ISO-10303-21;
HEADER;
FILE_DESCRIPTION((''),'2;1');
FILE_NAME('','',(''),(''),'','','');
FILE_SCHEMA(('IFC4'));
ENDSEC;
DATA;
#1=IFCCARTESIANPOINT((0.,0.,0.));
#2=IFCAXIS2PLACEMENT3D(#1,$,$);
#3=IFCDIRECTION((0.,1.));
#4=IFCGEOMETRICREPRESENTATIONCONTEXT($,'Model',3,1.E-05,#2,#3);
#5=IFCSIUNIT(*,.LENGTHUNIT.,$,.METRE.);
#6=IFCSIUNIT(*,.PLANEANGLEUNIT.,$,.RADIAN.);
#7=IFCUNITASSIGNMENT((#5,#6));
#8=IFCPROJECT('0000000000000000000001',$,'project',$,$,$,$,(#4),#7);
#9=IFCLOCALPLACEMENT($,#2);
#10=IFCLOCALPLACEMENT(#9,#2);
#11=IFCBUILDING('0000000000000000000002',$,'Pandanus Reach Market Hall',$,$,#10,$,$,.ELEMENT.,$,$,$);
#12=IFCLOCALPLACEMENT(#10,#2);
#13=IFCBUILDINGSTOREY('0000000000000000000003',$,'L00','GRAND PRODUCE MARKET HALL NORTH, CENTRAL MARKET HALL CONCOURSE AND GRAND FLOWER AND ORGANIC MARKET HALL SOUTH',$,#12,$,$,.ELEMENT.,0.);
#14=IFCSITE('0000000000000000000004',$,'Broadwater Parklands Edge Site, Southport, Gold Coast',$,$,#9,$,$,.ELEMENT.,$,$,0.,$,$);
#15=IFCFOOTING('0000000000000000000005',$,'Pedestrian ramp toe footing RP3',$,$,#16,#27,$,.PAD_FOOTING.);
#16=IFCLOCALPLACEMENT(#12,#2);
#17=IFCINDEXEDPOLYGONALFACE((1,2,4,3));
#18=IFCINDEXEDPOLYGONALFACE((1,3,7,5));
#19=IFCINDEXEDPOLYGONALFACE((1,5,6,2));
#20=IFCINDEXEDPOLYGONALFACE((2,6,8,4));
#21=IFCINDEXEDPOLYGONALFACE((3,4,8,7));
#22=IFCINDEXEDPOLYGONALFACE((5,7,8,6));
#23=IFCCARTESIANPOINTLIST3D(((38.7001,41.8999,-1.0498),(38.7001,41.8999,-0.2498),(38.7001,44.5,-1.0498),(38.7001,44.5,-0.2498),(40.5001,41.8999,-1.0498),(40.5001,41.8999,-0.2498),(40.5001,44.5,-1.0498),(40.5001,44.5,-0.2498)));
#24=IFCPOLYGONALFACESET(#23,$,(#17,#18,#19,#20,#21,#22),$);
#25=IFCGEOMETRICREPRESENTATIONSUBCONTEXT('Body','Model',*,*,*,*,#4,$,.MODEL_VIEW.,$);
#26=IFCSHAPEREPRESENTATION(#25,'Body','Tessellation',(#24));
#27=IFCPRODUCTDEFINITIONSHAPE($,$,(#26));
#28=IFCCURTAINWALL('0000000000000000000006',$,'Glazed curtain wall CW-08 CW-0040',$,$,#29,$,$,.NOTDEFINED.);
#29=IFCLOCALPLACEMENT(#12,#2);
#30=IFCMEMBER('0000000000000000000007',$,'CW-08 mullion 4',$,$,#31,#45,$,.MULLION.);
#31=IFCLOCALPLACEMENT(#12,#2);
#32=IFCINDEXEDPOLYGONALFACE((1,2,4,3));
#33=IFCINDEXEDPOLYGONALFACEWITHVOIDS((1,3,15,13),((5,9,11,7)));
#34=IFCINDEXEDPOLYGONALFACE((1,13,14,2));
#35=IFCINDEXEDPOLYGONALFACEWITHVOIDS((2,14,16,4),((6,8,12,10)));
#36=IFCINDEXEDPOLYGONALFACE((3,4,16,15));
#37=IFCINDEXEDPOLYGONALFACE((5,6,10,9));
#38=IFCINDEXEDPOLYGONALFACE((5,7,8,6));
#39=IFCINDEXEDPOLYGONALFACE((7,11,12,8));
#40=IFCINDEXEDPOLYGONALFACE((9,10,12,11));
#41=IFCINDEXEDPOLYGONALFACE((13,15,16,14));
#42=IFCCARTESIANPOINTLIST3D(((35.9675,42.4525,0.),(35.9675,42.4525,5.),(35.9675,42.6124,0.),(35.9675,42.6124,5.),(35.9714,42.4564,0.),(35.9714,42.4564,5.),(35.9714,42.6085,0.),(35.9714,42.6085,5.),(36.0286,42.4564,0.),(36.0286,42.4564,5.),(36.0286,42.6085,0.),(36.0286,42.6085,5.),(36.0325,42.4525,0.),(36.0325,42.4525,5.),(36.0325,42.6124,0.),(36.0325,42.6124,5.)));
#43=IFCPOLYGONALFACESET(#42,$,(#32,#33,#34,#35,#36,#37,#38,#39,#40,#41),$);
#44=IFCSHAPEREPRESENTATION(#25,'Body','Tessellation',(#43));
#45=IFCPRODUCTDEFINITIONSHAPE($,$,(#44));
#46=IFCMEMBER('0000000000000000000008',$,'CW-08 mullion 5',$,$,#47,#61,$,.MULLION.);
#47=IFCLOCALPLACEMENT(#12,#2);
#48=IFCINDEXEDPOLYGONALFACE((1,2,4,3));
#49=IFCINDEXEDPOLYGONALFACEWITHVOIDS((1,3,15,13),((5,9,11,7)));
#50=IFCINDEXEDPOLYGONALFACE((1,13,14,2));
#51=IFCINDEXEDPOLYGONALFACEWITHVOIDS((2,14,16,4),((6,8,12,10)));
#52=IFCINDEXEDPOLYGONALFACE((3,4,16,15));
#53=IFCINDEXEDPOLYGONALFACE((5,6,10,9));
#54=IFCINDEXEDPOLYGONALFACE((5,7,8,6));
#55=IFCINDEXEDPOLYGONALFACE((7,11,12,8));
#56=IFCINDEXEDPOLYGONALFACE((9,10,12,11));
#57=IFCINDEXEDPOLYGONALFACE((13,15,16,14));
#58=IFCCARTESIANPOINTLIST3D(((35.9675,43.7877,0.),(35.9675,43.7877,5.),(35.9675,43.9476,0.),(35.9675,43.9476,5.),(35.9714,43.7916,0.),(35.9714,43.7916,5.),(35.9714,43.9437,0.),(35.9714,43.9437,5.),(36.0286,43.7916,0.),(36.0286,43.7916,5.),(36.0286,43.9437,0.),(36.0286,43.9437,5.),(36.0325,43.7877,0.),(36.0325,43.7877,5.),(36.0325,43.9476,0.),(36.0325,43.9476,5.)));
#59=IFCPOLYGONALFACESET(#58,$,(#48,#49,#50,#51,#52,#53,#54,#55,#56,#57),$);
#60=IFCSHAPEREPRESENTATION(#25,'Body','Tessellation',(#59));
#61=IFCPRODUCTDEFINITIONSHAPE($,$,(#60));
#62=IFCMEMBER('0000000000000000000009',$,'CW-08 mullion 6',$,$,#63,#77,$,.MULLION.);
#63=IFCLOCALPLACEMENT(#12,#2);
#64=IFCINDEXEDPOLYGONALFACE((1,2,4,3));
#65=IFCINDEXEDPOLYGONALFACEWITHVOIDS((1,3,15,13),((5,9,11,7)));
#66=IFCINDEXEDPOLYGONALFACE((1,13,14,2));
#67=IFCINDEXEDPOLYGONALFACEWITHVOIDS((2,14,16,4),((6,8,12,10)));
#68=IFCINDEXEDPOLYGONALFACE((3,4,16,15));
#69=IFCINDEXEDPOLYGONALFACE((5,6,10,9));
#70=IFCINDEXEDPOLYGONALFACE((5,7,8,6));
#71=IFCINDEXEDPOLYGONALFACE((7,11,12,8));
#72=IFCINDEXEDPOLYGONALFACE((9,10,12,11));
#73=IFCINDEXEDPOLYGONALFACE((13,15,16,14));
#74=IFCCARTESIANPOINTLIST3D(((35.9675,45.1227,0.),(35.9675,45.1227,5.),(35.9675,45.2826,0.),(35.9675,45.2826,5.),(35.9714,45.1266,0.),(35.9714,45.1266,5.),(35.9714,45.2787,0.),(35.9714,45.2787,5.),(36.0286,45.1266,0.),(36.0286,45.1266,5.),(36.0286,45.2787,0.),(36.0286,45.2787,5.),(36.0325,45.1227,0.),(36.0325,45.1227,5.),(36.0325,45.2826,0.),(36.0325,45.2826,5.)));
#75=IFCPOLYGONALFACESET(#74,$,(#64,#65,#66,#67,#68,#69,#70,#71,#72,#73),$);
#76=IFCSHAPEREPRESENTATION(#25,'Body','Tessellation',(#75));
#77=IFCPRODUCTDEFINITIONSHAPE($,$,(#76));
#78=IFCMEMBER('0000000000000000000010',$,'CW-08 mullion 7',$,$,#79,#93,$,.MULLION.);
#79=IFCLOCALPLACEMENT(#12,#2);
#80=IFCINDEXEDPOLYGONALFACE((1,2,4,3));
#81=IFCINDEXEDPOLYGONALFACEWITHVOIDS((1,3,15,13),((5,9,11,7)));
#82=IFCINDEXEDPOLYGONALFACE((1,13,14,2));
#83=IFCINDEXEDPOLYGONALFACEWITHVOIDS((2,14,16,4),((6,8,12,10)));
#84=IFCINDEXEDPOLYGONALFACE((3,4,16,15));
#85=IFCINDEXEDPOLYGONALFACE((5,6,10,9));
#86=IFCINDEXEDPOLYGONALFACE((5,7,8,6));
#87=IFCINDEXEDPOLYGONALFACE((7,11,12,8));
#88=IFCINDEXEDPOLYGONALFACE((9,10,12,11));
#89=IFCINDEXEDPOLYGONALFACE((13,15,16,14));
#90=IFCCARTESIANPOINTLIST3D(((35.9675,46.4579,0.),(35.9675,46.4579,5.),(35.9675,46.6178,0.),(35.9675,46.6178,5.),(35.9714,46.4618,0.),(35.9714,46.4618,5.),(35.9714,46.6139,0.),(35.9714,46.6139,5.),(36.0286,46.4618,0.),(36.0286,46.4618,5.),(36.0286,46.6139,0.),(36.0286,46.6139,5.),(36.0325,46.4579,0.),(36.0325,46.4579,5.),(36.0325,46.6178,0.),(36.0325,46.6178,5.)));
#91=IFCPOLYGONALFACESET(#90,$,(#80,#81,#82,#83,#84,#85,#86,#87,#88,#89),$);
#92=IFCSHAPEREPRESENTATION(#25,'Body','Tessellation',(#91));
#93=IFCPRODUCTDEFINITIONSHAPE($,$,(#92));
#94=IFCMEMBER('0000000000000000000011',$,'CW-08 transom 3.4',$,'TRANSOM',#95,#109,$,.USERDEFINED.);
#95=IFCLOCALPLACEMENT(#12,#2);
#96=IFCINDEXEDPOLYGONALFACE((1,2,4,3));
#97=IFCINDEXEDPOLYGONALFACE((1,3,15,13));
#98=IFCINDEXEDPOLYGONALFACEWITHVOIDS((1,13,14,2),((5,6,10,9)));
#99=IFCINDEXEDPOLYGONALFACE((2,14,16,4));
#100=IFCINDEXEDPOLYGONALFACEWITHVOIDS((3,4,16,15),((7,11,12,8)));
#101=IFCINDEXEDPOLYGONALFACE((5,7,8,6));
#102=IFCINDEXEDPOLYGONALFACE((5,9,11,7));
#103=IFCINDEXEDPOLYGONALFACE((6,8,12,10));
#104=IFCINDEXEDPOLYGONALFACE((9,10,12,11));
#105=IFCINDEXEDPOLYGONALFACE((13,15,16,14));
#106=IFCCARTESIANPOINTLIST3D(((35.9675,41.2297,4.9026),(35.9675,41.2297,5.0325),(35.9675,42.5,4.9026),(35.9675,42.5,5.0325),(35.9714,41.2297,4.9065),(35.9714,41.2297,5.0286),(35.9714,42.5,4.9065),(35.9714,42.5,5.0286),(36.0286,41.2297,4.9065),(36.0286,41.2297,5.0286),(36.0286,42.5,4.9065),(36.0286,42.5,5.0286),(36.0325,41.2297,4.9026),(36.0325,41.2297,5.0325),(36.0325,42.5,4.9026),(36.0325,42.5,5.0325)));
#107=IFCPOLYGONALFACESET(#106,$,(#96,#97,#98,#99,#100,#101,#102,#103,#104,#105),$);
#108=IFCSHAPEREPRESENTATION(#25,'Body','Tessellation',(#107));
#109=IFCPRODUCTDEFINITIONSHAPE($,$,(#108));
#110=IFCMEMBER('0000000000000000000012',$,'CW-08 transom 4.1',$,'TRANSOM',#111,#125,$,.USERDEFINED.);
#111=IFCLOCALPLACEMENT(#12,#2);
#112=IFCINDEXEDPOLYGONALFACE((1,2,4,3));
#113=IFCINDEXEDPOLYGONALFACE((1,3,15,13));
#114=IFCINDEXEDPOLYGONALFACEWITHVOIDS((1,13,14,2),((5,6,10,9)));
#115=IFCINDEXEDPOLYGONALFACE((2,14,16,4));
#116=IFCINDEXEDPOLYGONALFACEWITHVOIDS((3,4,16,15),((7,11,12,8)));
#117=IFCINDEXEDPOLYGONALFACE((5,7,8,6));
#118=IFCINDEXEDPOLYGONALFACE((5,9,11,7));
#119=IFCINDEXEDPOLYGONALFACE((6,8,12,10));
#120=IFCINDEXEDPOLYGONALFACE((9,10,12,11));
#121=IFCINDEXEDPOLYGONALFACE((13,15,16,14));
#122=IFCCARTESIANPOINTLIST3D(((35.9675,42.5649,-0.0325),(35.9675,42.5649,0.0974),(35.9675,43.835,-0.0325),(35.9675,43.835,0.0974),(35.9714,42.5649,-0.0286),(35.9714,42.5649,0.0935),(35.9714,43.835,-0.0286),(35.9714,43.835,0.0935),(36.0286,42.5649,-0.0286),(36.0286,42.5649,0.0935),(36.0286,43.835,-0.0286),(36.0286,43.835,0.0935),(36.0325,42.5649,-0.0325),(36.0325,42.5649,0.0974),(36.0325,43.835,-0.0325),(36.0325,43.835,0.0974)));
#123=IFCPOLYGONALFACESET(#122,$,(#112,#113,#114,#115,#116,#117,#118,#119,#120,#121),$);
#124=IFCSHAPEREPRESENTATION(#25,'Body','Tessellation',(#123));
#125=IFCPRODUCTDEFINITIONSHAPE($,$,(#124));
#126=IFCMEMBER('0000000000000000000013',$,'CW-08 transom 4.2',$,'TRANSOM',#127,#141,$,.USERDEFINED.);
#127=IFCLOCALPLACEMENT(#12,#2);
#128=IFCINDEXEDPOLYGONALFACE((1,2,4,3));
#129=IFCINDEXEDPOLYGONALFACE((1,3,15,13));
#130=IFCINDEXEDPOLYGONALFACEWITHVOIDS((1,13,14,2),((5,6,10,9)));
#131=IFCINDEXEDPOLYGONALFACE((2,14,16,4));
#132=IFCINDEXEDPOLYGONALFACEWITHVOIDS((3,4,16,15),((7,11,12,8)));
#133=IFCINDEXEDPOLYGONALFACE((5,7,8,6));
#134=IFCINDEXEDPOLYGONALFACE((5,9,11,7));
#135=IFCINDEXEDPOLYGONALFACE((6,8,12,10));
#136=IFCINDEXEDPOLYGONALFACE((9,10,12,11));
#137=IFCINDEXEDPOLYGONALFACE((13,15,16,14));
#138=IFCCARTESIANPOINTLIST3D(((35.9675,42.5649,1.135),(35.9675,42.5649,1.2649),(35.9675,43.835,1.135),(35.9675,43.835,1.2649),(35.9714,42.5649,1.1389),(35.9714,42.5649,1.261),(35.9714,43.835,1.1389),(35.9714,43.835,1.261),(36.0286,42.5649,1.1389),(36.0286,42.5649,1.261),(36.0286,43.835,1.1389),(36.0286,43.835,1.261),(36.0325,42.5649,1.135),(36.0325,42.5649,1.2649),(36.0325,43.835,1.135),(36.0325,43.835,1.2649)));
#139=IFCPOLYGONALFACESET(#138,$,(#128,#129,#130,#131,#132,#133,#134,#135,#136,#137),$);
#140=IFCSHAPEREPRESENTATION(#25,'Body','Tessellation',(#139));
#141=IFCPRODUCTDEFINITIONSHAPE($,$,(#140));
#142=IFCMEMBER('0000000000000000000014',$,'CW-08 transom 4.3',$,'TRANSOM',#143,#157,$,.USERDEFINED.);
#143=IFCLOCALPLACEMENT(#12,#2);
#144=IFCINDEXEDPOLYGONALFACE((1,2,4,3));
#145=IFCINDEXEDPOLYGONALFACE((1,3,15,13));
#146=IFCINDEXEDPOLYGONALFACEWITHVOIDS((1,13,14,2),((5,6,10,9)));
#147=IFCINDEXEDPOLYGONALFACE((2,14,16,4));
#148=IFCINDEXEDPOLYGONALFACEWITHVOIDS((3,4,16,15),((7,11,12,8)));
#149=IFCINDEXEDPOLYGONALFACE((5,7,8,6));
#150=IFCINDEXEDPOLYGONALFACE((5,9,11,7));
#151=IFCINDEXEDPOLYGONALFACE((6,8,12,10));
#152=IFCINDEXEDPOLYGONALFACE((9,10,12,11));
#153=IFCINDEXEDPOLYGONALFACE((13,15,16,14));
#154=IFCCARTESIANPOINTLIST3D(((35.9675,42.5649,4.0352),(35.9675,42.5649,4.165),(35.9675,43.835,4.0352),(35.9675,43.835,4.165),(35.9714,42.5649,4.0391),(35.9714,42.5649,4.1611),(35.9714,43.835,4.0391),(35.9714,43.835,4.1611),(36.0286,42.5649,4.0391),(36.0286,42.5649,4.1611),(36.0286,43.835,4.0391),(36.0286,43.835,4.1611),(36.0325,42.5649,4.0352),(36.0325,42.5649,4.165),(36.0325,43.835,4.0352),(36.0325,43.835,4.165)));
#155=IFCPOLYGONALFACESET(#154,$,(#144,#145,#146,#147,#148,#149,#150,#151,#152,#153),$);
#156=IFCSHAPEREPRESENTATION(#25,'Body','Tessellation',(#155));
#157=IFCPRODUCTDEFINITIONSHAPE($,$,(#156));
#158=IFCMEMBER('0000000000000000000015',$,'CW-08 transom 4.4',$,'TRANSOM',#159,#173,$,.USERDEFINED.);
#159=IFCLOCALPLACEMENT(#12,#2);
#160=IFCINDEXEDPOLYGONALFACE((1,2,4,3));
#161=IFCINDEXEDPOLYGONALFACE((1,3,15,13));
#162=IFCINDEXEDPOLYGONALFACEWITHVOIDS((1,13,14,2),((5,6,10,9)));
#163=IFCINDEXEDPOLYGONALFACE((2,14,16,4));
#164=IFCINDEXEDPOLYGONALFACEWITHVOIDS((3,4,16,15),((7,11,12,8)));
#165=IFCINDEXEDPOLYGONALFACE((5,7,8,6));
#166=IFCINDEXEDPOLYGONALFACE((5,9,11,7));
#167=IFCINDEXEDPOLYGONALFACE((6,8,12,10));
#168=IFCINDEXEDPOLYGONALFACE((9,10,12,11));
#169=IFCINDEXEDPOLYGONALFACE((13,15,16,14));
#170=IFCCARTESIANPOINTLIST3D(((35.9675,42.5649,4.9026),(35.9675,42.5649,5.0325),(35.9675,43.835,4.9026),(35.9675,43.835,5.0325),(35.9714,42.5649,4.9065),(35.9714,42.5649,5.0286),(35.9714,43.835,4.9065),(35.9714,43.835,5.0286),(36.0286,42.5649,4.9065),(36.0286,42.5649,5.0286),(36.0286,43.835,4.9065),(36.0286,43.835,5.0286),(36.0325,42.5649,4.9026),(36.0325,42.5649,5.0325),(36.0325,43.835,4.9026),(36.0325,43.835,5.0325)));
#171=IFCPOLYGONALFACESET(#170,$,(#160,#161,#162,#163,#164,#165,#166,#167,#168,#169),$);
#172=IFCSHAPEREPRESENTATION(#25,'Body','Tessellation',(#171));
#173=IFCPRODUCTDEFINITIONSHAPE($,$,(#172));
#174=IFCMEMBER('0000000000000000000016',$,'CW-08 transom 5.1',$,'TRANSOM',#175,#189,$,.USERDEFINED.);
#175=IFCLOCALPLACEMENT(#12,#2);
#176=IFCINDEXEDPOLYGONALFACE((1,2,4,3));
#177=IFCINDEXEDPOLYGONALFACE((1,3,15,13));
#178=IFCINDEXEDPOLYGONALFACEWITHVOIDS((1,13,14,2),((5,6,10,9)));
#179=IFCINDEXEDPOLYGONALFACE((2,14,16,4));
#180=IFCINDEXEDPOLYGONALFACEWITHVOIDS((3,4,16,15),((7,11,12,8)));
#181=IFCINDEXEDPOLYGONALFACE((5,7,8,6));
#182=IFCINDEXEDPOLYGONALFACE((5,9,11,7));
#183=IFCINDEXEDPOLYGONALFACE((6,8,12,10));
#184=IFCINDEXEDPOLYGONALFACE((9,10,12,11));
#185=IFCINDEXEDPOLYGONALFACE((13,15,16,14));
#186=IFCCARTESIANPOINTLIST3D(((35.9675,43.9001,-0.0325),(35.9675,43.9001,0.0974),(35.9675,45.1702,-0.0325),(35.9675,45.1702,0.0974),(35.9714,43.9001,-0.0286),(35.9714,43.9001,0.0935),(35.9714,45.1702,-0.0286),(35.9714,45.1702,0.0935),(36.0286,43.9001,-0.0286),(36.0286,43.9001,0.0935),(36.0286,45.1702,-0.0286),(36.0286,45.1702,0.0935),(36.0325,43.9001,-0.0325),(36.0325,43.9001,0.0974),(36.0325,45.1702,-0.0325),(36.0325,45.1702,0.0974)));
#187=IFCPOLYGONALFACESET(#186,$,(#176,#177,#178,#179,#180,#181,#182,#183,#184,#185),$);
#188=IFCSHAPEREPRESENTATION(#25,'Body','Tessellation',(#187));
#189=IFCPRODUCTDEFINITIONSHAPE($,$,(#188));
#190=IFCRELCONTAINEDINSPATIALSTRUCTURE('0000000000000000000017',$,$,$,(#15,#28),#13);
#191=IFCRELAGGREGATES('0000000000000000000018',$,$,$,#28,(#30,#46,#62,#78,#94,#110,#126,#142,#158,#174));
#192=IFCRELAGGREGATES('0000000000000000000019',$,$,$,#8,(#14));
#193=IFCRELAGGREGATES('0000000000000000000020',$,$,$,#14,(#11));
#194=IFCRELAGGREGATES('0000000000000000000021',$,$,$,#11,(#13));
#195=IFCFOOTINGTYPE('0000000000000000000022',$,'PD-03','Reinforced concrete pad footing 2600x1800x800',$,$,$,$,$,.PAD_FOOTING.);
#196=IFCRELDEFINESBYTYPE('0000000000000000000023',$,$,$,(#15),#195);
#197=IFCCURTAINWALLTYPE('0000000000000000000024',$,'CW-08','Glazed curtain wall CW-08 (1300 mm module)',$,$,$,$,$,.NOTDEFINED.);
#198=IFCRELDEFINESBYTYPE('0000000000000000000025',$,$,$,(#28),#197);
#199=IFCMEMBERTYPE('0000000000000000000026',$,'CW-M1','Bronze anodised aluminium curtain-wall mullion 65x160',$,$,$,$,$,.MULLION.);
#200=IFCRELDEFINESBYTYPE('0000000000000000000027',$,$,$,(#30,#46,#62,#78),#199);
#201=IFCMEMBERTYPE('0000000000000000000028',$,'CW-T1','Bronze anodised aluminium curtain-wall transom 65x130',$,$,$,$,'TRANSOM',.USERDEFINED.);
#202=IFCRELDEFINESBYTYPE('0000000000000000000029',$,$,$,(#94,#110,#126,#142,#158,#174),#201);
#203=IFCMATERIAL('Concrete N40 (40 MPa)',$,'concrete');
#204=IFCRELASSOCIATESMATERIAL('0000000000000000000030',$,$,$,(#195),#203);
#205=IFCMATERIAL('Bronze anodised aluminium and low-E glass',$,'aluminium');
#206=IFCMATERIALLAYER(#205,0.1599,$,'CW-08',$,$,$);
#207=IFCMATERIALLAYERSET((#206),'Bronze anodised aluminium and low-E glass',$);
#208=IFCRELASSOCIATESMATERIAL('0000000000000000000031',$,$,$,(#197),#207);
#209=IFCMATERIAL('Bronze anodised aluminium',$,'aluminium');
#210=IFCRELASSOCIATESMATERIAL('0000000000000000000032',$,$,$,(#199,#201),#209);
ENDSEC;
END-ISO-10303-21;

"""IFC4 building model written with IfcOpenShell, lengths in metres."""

from ifc_helpers import new_model, si_unit, direction, frame, origin, origin_2d, place, context, subcontext, project, spatial, rectangle, hollow_rectangle, extrude, material, layer, layer_set, material_profile, profile_set, type_object, element, aggregate, save


model = new_model("IFC4")

# Units and contexts
model_context = context("Model", 3, precision=1e-05, world=origin(), true_north=direction((0.0, 1.0)))
body_context = subcontext(model_context, "Body", "Model", "MODEL_VIEW")
ifc_project = project(units=[si_unit("LENGTHUNIT", "METRE"), si_unit("PLANEANGLEUNIT", "RADIAN")], contexts=[model_context])

# Site, building, storey
site_placement = place(None, origin())
site = spatial("IfcSite", under=ifc_project, at=site_placement, Name="Broadwater Parklands Edge Site, Southport, Gold Coast", CompositionType="ELEMENT", RefElevation=0.0)
building_placement = place(site_placement, origin())
building = spatial("IfcBuilding", under=site, at=building_placement, Name="Pandanus Reach Market Hall", CompositionType="ELEMENT")
storey_placement = place(building_placement, origin())
storey = spatial("IfcBuildingStorey", under=building, at=storey_placement, Name="L00", Description="GRAND PRODUCE MARKET HALL NORTH, CENTRAL MARKET HALL CONCOURSE AND GRAND FLOWER AND ORGANIC MARKET HALL SOUTH", CompositionType="ELEMENT", Elevation=0.0)

# Footing
ifc_material_1 = material(Name="Concrete N40 (40 MPa)", Category="concrete")
footing_type = type_object("IfcFootingType", Name="PD-03", Description="Reinforced concrete pad footing 2600x1800x800", PredefinedType="PAD_FOOTING", material=ifc_material_1)
footing_placement = place(storey_placement, frame((39.6001, 43.2, -1.0498), z_axis=(0.0, 0.0, 1.0), x_axis=(0.0, 1.0, 0.0)))
element("IfcFooting", 1, at=footing_placement, inside=storey, type_object=footing_type, Name="Pedestrian ramp toe footing RP3", PredefinedType="PAD_FOOTING", context=body_context, shape_type="SweptSolid", body=[
    extrude(rectangle(XDim=2.6001, YDim=1.8, at=origin_2d()), origin(), (0.0, 0.0, 1.0), 0.8),
])

# Curtain wall, members
ifc_material_2 = material(Name="Bronze anodised aluminium and low-E glass", Category="aluminium")
ifc_layer_1 = layer(ifc_material_2, 0.1599, Name="CW-08")
ifc_layer_set_1 = layer_set([ifc_layer_1], Name="Bronze anodised aluminium and low-E glass")
curtain_wall_type = type_object("IfcCurtainWallType", Name="CW-08", Description="Glazed curtain wall CW-08 (1300 mm module)", PredefinedType="NOTDEFINED", material=ifc_layer_set_1)
curtain_wall_placement = place(storey_placement, origin())
curtain_wall = element("IfcCurtainWall", 2, at=curtain_wall_placement, inside=storey, type_object=curtain_wall_type, Name="Glazed curtain wall CW-08 CW-0040", PredefinedType="NOTDEFINED")
ifc_material_3 = material(Name="Bronze anodised aluminium", Category="aluminium")
ifc_material_profile_1 = material_profile(ifc_material_3, hollow_rectangle(XDim=0.0649, YDim=0.1599, WallThickness=0.0039, at=origin_2d()), Name="ALU65x160", Category="LoadBearing")
ifc_profile_set_1 = profile_set([ifc_material_profile_1], Name="Bronze anodised aluminium")
member_type_1 = type_object("IfcMemberType", Name="CW-M1", Description="Bronze anodised aluminium curtain-wall mullion 65x160", PredefinedType="MULLION", material=ifc_profile_set_1)
member_1_placement = place(storey_placement, frame((36.0, 42.5325, 0.0), z_axis=(0.0, 0.0, 1.0), x_axis=(-1.0, 0.0, 0.0)))
member_1 = element("IfcMember", 3, at=member_1_placement, type_object=member_type_1, Name="CW-08 mullion 4", PredefinedType="MULLION", context=body_context, shape_type="SweptSolid", body=[
    extrude(hollow_rectangle(XDim=0.0649, YDim=0.1599, WallThickness=0.0039, at=origin_2d()), origin(), (0.0, 0.0, 1.0), 5.0),
])
member_2_placement = place(storey_placement, frame((36.0, 43.8677, 0.0), z_axis=(0.0, 0.0, 1.0), x_axis=(-1.0, 0.0, 0.0)))
member_2 = element("IfcMember", 4, at=member_2_placement, type_object=member_type_1, Name="CW-08 mullion 5", PredefinedType="MULLION", context=body_context, shape_type="SweptSolid", body=[
    extrude(hollow_rectangle(XDim=0.0649, YDim=0.1599, WallThickness=0.0039, at=origin_2d()), origin(), (0.0, 0.0, 1.0), 5.0),
])
member_3_placement = place(storey_placement, frame((36.0, 45.2026, 0.0), z_axis=(0.0, 0.0, 1.0), x_axis=(-1.0, 0.0, 0.0)))
member_3 = element("IfcMember", 5, at=member_3_placement, type_object=member_type_1, Name="CW-08 mullion 6", PredefinedType="MULLION", context=body_context, shape_type="SweptSolid", body=[
    extrude(hollow_rectangle(XDim=0.0649, YDim=0.1599, WallThickness=0.0039, at=origin_2d()), origin(), (0.0, 0.0, 1.0), 5.0),
])
member_4_placement = place(storey_placement, frame((36.0, 46.5378, 0.0), z_axis=(0.0, 0.0, 1.0), x_axis=(-1.0, 0.0, 0.0)))
member_4 = element("IfcMember", 6, at=member_4_placement, type_object=member_type_1, Name="CW-08 mullion 7", PredefinedType="MULLION", context=body_context, shape_type="SweptSolid", body=[
    extrude(hollow_rectangle(XDim=0.0649, YDim=0.1599, WallThickness=0.0039, at=origin_2d()), origin(), (0.0, 0.0, 1.0), 5.0),
])
ifc_material_profile_2 = material_profile(ifc_material_3, hollow_rectangle(XDim=0.0649, YDim=0.1299, WallThickness=0.0039, at=origin_2d()), Name="ALU65x130", Category="LoadBearing")
ifc_profile_set_2 = profile_set([ifc_material_profile_2], Name="Bronze anodised aluminium")
member_type_2 = type_object("IfcMemberType", Name="CW-T1", Description="Bronze anodised aluminium curtain-wall transom 65x130", ElementType="TRANSOM", PredefinedType="USERDEFINED", material=ifc_profile_set_2)
member_5_placement = place(storey_placement, frame((36.0, 41.2297, 4.9675), z_axis=(0.0, 1.0, 0.0), x_axis=(-1.0, 0.0, 0.0)))
member_5 = element("IfcMember", 7, at=member_5_placement, type_object=member_type_2, Name="CW-08 transom 3.4", ObjectType="TRANSOM", PredefinedType="USERDEFINED", context=body_context, shape_type="SweptSolid", body=[
    extrude(hollow_rectangle(XDim=0.0649, YDim=0.1299, WallThickness=0.0039, at=origin_2d()), origin(), (0.0, 0.0, 1.0), 1.2703),
])
member_6_placement = place(storey_placement, frame((36.0, 42.5649, 0.0325), z_axis=(0.0, 1.0, 0.0), x_axis=(-1.0, 0.0, 0.0)))
member_6 = element("IfcMember", 8, at=member_6_placement, type_object=member_type_2, Name="CW-08 transom 4.1", ObjectType="TRANSOM", PredefinedType="USERDEFINED", context=body_context, shape_type="SweptSolid", body=[
    extrude(hollow_rectangle(XDim=0.0649, YDim=0.1299, WallThickness=0.0039, at=origin_2d()), origin(), (0.0, 0.0, 1.0), 1.27),
])
member_7_placement = place(storey_placement, frame((36.0, 42.5649, 1.2), z_axis=(0.0, 1.0, 0.0), x_axis=(-1.0, 0.0, 0.0)))
member_7 = element("IfcMember", 9, at=member_7_placement, type_object=member_type_2, Name="CW-08 transom 4.2", ObjectType="TRANSOM", PredefinedType="USERDEFINED", context=body_context, shape_type="SweptSolid", body=[
    extrude(hollow_rectangle(XDim=0.0649, YDim=0.1299, WallThickness=0.0039, at=origin_2d()), origin(), (0.0, 0.0, 1.0), 1.27),
])
member_8_placement = place(storey_placement, frame((36.0, 42.5649, 4.1001), z_axis=(0.0, 1.0, 0.0), x_axis=(-1.0, 0.0, 0.0)))
member_8 = element("IfcMember", 10, at=member_8_placement, type_object=member_type_2, Name="CW-08 transom 4.3", ObjectType="TRANSOM", PredefinedType="USERDEFINED", context=body_context, shape_type="SweptSolid", body=[
    extrude(hollow_rectangle(XDim=0.0649, YDim=0.1299, WallThickness=0.0039, at=origin_2d()), origin(), (0.0, 0.0, 1.0), 1.27),
])
member_9_placement = place(storey_placement, frame((36.0, 42.5649, 4.9675), z_axis=(0.0, 1.0, 0.0), x_axis=(-1.0, 0.0, 0.0)))
member_9 = element("IfcMember", 11, at=member_9_placement, type_object=member_type_2, Name="CW-08 transom 4.4", ObjectType="TRANSOM", PredefinedType="USERDEFINED", context=body_context, shape_type="SweptSolid", body=[
    extrude(hollow_rectangle(XDim=0.0649, YDim=0.1299, WallThickness=0.0039, at=origin_2d()), origin(), (0.0, 0.0, 1.0), 1.27),
])
member_10_placement = place(storey_placement, frame((36.0, 43.9001, 0.0325), z_axis=(0.0, 1.0, 0.0), x_axis=(-1.0, 0.0, 0.0)))
member_10 = element("IfcMember", 12, at=member_10_placement, type_object=member_type_2, Name="CW-08 transom 5.1", ObjectType="TRANSOM", PredefinedType="USERDEFINED", context=body_context, shape_type="SweptSolid", body=[
    extrude(hollow_rectangle(XDim=0.0649, YDim=0.1299, WallThickness=0.0039, at=origin_2d()), origin(), (0.0, 0.0, 1.0), 1.27),
])
aggregate(curtain_wall, [member_1, member_2, member_3, member_4, member_5, member_6, member_7, member_8, member_9, member_10])

save(model, "model.ifc")
